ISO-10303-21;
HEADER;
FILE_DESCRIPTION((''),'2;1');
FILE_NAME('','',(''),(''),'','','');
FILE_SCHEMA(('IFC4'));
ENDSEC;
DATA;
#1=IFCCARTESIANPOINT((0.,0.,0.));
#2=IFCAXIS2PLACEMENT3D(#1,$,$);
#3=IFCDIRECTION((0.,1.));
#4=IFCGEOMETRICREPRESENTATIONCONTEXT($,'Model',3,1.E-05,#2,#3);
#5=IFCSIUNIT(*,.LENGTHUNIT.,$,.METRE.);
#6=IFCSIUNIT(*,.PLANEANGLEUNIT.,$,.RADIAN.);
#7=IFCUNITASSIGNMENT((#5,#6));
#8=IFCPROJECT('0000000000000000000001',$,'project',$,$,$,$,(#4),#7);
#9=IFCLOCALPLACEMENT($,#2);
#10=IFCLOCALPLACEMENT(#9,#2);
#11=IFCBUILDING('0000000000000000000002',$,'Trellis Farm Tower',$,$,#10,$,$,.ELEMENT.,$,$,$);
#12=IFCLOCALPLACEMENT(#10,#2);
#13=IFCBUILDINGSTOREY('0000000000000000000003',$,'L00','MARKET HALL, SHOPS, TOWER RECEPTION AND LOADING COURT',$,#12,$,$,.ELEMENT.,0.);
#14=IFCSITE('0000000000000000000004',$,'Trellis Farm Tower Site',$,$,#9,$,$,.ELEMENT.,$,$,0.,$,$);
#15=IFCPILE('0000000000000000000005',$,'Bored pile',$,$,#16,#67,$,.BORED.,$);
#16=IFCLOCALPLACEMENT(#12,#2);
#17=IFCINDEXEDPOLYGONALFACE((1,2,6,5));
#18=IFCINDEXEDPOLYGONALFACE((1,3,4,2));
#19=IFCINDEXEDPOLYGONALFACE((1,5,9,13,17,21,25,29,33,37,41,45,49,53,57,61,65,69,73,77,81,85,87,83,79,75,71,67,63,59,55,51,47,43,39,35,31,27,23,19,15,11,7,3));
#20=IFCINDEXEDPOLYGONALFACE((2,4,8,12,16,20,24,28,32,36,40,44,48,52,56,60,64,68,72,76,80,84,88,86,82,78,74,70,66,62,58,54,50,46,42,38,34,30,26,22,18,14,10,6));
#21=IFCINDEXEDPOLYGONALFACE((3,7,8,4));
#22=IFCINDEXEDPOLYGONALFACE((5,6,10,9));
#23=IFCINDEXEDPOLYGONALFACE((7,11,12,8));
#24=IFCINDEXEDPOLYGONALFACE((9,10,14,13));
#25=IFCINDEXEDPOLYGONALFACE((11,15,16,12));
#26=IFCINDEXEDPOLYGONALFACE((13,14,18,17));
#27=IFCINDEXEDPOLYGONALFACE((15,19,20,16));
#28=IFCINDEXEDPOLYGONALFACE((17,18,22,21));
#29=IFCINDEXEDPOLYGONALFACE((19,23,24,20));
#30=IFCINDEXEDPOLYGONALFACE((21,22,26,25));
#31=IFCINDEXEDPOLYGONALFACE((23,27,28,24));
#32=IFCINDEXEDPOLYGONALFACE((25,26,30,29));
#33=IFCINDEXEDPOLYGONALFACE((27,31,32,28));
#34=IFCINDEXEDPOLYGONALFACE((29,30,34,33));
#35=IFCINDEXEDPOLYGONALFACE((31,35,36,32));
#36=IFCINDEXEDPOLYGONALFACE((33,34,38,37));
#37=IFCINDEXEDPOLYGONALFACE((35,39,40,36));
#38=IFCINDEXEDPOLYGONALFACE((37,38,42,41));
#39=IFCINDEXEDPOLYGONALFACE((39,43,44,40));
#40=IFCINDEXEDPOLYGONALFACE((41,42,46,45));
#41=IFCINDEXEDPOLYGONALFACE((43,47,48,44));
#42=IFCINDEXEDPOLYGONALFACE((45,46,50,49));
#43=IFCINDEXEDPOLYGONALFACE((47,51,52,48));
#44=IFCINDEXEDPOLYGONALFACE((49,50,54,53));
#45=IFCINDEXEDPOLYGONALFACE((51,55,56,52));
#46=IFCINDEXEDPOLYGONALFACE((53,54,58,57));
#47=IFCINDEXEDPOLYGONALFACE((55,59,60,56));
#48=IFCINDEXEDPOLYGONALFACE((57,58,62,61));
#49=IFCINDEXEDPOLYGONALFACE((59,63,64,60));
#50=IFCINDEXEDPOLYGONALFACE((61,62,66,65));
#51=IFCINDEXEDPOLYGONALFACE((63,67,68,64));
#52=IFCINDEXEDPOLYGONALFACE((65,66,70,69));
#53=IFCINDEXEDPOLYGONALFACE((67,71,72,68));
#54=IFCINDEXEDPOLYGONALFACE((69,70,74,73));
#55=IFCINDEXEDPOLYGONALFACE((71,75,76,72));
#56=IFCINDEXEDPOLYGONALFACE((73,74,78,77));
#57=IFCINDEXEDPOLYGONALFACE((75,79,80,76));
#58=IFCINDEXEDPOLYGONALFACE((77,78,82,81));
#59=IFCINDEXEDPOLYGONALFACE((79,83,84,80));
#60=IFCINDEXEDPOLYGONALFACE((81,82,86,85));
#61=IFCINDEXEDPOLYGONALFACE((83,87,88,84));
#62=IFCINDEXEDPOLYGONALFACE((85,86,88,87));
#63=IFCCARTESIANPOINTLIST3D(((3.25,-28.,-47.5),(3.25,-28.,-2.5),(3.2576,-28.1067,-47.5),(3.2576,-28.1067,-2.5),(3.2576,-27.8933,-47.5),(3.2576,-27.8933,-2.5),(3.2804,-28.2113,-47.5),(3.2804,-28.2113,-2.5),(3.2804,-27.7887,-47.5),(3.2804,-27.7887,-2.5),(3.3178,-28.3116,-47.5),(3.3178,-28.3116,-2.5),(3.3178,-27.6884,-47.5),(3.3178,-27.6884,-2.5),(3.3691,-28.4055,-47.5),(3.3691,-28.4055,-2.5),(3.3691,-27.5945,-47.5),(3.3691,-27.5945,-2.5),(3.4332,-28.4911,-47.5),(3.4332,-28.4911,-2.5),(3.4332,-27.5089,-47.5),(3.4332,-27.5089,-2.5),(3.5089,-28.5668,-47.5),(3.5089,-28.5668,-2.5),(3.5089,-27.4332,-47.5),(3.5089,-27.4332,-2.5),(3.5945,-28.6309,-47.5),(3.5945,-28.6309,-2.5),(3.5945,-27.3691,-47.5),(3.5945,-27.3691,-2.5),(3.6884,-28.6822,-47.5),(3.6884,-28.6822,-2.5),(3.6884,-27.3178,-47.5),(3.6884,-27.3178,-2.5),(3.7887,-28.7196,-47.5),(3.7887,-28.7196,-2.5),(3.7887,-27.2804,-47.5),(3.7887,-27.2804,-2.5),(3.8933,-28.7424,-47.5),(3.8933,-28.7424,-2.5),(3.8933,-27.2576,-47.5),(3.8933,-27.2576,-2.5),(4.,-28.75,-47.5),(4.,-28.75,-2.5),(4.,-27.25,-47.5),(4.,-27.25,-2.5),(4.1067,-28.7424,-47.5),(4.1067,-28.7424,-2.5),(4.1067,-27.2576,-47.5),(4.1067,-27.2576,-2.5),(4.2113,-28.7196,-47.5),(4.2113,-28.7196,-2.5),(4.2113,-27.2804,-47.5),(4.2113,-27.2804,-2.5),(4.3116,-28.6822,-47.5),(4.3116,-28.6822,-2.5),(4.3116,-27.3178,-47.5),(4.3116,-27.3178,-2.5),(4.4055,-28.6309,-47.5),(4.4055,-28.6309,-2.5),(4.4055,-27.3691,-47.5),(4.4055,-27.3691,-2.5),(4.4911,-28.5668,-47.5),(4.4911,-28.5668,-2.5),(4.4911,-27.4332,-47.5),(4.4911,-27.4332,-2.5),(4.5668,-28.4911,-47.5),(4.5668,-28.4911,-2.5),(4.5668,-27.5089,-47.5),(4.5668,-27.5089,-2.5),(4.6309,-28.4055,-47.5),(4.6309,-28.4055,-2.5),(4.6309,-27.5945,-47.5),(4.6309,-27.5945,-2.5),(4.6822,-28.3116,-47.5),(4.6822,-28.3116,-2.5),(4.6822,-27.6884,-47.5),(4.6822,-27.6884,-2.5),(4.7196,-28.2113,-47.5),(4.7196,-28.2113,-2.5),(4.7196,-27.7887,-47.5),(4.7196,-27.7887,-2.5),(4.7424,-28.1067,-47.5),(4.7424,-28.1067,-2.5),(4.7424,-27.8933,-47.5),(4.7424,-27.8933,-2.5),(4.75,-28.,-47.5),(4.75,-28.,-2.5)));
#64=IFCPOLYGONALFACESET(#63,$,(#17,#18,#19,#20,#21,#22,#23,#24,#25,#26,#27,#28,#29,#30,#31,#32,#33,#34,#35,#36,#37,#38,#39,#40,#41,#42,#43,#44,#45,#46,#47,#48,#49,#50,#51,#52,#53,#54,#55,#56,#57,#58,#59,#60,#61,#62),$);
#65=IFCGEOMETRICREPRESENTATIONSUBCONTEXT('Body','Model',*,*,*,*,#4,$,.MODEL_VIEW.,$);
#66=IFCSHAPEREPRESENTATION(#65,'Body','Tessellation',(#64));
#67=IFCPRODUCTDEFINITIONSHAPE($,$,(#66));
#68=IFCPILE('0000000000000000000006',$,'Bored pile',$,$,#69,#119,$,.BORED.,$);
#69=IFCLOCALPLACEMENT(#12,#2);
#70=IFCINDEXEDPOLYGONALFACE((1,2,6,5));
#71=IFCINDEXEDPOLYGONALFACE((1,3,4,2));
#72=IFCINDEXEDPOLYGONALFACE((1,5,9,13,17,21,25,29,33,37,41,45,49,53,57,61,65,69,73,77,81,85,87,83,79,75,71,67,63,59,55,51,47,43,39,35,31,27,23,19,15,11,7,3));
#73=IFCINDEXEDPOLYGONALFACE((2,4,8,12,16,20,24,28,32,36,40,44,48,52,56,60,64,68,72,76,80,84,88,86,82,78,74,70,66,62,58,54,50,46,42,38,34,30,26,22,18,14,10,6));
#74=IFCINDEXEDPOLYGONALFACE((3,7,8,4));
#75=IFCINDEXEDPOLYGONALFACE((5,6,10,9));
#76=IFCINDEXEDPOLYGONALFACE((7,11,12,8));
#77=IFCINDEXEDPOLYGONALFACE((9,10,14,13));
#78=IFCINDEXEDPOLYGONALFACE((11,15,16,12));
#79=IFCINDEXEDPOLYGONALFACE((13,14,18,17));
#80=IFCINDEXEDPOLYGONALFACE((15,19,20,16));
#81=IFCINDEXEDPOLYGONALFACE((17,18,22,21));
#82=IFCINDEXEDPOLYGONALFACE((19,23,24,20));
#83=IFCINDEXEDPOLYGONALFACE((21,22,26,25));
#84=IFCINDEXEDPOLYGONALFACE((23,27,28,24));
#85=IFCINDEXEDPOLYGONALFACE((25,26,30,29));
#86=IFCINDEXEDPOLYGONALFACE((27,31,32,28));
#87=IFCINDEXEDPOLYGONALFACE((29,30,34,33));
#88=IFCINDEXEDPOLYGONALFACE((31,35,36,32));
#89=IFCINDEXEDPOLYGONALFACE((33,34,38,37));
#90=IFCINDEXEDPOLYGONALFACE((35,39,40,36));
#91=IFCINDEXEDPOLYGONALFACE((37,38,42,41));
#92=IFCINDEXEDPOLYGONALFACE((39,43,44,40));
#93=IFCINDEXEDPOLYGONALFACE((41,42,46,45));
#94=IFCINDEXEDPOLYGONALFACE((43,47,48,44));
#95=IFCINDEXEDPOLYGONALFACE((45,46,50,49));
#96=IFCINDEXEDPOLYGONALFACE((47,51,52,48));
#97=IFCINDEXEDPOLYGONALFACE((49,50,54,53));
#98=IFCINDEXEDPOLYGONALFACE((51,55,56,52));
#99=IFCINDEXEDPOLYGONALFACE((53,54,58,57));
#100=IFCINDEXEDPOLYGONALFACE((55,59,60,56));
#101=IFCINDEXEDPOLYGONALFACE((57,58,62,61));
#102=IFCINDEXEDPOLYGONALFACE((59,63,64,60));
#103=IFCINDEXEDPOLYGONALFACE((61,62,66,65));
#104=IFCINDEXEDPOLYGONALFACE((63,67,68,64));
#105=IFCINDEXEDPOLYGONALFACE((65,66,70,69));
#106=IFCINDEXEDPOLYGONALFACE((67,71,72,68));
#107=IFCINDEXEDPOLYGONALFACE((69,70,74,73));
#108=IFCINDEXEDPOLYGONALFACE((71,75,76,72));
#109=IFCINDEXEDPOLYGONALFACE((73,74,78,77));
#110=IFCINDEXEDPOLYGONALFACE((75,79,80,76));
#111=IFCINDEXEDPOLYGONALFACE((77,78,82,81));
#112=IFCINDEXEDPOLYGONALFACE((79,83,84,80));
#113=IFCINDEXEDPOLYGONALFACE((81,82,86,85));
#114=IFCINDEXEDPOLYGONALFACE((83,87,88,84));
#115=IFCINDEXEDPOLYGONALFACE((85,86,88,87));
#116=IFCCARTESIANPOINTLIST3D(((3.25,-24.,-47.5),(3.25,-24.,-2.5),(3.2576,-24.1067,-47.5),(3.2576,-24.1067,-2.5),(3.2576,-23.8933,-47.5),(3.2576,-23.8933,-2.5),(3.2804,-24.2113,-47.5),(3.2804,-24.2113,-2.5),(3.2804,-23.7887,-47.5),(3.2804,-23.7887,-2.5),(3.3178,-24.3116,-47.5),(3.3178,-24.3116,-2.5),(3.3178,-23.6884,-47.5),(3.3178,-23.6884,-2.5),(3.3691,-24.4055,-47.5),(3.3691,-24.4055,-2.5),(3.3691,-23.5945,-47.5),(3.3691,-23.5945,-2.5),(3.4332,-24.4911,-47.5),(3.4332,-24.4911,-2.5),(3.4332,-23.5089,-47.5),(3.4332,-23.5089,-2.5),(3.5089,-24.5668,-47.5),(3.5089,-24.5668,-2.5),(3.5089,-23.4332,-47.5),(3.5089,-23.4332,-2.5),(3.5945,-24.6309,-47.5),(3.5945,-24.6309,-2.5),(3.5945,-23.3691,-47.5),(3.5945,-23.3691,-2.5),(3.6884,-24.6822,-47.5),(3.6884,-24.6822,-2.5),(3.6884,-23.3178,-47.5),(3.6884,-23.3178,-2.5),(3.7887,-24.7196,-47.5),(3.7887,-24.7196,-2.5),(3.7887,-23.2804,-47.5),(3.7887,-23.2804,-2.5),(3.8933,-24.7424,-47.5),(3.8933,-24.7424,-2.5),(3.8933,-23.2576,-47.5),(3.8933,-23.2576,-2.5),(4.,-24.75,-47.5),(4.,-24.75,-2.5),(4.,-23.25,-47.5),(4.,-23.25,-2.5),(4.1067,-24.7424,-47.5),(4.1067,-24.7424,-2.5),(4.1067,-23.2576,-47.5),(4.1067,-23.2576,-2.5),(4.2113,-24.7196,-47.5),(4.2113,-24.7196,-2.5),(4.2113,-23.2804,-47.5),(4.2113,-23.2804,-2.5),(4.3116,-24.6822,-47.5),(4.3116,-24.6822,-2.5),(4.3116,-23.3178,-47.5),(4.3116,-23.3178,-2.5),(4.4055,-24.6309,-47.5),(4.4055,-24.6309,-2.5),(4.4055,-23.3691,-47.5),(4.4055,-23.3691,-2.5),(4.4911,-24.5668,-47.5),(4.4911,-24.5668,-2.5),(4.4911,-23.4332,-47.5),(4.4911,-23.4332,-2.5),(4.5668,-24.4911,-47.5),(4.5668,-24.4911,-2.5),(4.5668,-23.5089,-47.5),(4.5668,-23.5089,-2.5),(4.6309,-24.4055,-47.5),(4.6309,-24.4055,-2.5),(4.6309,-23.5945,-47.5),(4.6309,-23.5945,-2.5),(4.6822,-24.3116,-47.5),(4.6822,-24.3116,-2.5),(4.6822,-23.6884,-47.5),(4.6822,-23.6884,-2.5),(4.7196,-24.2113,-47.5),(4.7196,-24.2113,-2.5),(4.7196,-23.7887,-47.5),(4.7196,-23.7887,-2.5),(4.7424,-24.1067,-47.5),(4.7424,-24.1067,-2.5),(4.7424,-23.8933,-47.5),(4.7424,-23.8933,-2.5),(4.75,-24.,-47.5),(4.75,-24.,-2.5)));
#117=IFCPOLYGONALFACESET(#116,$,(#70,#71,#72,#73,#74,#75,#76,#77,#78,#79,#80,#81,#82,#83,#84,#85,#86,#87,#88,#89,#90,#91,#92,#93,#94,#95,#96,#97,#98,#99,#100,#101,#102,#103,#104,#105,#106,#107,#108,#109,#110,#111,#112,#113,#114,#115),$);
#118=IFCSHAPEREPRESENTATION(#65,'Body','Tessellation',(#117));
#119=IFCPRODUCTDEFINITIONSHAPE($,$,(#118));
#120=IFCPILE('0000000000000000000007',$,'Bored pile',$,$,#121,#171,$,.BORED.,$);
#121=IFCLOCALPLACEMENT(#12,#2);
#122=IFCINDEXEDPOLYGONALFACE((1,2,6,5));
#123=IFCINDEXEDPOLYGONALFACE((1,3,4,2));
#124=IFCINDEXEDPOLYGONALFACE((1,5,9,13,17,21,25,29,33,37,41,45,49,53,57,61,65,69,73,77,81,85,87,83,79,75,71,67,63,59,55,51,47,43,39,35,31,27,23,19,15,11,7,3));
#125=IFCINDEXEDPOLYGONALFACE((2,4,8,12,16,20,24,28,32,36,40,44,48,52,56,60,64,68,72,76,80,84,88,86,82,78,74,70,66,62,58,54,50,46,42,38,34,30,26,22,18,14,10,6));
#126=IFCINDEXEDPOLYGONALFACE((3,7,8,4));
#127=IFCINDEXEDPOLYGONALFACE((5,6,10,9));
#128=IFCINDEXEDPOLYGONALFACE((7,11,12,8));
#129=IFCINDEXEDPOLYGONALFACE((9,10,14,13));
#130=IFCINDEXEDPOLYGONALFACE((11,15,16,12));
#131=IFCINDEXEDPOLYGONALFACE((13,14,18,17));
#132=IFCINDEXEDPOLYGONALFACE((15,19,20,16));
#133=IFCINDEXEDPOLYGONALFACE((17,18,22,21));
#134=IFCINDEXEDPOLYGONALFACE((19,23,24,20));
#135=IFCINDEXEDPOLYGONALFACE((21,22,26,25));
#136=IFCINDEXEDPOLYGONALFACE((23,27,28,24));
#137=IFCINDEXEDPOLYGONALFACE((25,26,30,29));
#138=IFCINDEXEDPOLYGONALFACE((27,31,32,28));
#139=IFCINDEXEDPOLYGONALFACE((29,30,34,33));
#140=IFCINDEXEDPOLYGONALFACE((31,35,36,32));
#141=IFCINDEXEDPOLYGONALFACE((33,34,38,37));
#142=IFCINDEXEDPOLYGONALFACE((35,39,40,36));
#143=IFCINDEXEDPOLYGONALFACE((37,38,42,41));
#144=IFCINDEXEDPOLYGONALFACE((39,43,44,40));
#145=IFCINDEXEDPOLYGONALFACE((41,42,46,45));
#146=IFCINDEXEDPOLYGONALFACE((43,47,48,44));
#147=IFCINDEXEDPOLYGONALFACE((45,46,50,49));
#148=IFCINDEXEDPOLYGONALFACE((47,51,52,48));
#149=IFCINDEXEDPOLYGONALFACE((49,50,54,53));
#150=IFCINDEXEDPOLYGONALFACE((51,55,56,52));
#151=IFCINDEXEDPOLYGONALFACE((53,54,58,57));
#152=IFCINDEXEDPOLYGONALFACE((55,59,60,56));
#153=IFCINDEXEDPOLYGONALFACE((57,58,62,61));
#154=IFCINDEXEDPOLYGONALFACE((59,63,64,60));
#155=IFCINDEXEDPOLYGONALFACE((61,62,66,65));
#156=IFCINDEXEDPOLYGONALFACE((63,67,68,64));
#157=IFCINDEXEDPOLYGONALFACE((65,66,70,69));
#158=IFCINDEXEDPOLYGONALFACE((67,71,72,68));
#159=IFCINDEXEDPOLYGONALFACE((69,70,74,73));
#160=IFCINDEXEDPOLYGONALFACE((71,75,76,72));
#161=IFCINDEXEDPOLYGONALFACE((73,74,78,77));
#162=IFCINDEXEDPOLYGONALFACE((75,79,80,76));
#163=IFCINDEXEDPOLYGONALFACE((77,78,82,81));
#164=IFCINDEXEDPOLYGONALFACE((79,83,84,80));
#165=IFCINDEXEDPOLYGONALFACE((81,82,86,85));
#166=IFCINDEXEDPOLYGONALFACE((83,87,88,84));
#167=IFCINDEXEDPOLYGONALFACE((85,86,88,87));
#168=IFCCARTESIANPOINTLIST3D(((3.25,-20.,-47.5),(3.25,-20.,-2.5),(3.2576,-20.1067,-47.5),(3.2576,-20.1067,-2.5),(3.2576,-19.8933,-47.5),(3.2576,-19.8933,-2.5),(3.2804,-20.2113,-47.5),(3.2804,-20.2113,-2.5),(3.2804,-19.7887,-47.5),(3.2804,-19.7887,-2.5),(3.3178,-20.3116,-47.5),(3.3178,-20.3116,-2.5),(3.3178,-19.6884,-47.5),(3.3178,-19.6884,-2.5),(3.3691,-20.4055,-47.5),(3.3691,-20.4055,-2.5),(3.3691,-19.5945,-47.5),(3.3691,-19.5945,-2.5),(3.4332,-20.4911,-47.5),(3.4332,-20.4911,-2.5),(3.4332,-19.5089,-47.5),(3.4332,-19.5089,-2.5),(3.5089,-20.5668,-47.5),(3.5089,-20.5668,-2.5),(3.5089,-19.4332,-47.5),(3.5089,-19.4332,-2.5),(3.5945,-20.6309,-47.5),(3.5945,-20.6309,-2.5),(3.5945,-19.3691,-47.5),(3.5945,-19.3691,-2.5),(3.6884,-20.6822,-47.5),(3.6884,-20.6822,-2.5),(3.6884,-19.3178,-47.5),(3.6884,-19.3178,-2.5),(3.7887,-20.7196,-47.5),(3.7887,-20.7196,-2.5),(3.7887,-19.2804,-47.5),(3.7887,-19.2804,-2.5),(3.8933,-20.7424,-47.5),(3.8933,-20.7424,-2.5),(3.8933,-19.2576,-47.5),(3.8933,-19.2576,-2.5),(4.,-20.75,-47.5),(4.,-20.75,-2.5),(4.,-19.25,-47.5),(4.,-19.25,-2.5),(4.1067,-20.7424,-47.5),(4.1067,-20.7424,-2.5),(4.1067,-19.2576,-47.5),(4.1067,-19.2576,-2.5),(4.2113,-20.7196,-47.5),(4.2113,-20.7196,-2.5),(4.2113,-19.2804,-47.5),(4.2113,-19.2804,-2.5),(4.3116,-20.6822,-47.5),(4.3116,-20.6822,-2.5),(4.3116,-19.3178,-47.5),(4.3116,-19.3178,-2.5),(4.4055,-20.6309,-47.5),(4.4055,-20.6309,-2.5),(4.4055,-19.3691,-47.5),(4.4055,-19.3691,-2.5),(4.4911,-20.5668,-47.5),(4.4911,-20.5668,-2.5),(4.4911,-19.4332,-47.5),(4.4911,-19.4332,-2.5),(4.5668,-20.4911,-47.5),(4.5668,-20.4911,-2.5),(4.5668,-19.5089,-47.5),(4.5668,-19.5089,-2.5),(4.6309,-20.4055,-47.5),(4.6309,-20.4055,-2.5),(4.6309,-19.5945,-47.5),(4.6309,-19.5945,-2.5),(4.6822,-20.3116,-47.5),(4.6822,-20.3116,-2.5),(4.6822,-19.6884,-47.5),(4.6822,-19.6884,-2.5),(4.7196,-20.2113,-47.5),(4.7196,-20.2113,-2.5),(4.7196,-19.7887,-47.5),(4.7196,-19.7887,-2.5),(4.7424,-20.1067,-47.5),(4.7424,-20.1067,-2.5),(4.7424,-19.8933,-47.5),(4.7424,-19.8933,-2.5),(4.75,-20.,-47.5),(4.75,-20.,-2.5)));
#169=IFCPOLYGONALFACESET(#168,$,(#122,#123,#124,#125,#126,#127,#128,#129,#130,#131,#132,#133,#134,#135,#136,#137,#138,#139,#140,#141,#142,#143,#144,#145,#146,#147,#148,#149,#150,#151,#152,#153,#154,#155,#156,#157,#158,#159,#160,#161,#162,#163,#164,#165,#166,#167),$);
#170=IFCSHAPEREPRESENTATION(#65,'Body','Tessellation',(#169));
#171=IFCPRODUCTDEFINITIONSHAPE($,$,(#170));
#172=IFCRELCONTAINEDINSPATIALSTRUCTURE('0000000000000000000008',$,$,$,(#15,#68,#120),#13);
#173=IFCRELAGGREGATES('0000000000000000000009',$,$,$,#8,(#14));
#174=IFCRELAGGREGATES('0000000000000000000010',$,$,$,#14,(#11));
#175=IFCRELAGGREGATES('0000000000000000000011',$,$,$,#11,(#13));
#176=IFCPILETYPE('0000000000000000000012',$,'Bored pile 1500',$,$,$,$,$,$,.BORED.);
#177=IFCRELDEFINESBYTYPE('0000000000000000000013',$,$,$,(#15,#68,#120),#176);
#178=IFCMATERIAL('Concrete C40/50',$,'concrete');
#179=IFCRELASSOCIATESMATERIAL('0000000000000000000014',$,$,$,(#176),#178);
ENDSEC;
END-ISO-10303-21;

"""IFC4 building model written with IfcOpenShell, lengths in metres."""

from ifc_helpers import new_model, si_unit, direction, frame, origin, origin_2d, place, context, subcontext, project, spatial, circle, extrude, source, transform, mapped, material, material_profile, profile_set, type_object, element, save


model = new_model("IFC4")

# Units and contexts
model_context = context("Model", 3, precision=1e-05, world=origin(), true_north=direction((0.0, 1.0)))
body_context = subcontext(model_context, "Body", "Model", "MODEL_VIEW")
ifc_project = project(units=[si_unit("LENGTHUNIT", "METRE"), si_unit("PLANEANGLEUNIT", "RADIAN")], contexts=[model_context])

# Site, building, storey
site_placement = place(None, origin())
site = spatial("IfcSite", under=ifc_project, at=site_placement, Name="Trellis Farm Tower Site", CompositionType="ELEMENT", RefElevation=0.0)
building_placement = place(site_placement, origin())
building = spatial("IfcBuilding", under=site, at=building_placement, Name="Trellis Farm Tower", CompositionType="ELEMENT")
storey_placement = place(building_placement, origin())
storey = spatial("IfcBuildingStorey", under=building, at=storey_placement, Name="L00", Description="MARKET HALL, SHOPS, TOWER RECEPTION AND LOADING COURT", CompositionType="ELEMENT", Elevation=0.0)

# Piles
ifc_material_1 = material(Name="Concrete C40/50", Category="concrete")
ifc_material_profile_1 = material_profile(ifc_material_1, circle(Radius=0.75, at=origin_2d()), Name="Bored pile 1500")
ifc_profile_set_1 = profile_set([ifc_material_profile_1], Name="Concrete C40/50")
pile_type = type_object("IfcPileType", Name="Bored pile 1500", PredefinedType="BORED", material=ifc_profile_set_1)
shared_shape_1 = source(origin(), body_context, "Body", "SweptSolid", [
    extrude(circle(Radius=0.75, at=origin_2d()), origin(), (0.0, 0.0, 1.0), 45.0),
])
for number, where, z_axis, x_axis, name in (
    (1, (4.0, -28.0, -2.5), (0.0, 0.0, -1.0), (1.0, 0.0, 0.0), "Bored pile"),
    (2, (4.0, -24.0, -2.5), (0.0, 0.0, -1.0), (1.0, 0.0, 0.0), "Bored pile"),
    (3, (4.0, -20.0, -2.5), (0.0, 0.0, -1.0), (1.0, 0.0, 0.0), "Bored pile"),
):
    element("IfcPile", number, at=place(storey_placement, frame(where, z_axis=z_axis, x_axis=x_axis)), inside=storey, type_object=pile_type, Name=name, PredefinedType="BORED", context=body_context, shape_type="MappedRepresentation", body=[
        mapped(shared_shape_1, transform((0.0, 0.0, 0.0))),
    ])

save(model, "model.ifc")
